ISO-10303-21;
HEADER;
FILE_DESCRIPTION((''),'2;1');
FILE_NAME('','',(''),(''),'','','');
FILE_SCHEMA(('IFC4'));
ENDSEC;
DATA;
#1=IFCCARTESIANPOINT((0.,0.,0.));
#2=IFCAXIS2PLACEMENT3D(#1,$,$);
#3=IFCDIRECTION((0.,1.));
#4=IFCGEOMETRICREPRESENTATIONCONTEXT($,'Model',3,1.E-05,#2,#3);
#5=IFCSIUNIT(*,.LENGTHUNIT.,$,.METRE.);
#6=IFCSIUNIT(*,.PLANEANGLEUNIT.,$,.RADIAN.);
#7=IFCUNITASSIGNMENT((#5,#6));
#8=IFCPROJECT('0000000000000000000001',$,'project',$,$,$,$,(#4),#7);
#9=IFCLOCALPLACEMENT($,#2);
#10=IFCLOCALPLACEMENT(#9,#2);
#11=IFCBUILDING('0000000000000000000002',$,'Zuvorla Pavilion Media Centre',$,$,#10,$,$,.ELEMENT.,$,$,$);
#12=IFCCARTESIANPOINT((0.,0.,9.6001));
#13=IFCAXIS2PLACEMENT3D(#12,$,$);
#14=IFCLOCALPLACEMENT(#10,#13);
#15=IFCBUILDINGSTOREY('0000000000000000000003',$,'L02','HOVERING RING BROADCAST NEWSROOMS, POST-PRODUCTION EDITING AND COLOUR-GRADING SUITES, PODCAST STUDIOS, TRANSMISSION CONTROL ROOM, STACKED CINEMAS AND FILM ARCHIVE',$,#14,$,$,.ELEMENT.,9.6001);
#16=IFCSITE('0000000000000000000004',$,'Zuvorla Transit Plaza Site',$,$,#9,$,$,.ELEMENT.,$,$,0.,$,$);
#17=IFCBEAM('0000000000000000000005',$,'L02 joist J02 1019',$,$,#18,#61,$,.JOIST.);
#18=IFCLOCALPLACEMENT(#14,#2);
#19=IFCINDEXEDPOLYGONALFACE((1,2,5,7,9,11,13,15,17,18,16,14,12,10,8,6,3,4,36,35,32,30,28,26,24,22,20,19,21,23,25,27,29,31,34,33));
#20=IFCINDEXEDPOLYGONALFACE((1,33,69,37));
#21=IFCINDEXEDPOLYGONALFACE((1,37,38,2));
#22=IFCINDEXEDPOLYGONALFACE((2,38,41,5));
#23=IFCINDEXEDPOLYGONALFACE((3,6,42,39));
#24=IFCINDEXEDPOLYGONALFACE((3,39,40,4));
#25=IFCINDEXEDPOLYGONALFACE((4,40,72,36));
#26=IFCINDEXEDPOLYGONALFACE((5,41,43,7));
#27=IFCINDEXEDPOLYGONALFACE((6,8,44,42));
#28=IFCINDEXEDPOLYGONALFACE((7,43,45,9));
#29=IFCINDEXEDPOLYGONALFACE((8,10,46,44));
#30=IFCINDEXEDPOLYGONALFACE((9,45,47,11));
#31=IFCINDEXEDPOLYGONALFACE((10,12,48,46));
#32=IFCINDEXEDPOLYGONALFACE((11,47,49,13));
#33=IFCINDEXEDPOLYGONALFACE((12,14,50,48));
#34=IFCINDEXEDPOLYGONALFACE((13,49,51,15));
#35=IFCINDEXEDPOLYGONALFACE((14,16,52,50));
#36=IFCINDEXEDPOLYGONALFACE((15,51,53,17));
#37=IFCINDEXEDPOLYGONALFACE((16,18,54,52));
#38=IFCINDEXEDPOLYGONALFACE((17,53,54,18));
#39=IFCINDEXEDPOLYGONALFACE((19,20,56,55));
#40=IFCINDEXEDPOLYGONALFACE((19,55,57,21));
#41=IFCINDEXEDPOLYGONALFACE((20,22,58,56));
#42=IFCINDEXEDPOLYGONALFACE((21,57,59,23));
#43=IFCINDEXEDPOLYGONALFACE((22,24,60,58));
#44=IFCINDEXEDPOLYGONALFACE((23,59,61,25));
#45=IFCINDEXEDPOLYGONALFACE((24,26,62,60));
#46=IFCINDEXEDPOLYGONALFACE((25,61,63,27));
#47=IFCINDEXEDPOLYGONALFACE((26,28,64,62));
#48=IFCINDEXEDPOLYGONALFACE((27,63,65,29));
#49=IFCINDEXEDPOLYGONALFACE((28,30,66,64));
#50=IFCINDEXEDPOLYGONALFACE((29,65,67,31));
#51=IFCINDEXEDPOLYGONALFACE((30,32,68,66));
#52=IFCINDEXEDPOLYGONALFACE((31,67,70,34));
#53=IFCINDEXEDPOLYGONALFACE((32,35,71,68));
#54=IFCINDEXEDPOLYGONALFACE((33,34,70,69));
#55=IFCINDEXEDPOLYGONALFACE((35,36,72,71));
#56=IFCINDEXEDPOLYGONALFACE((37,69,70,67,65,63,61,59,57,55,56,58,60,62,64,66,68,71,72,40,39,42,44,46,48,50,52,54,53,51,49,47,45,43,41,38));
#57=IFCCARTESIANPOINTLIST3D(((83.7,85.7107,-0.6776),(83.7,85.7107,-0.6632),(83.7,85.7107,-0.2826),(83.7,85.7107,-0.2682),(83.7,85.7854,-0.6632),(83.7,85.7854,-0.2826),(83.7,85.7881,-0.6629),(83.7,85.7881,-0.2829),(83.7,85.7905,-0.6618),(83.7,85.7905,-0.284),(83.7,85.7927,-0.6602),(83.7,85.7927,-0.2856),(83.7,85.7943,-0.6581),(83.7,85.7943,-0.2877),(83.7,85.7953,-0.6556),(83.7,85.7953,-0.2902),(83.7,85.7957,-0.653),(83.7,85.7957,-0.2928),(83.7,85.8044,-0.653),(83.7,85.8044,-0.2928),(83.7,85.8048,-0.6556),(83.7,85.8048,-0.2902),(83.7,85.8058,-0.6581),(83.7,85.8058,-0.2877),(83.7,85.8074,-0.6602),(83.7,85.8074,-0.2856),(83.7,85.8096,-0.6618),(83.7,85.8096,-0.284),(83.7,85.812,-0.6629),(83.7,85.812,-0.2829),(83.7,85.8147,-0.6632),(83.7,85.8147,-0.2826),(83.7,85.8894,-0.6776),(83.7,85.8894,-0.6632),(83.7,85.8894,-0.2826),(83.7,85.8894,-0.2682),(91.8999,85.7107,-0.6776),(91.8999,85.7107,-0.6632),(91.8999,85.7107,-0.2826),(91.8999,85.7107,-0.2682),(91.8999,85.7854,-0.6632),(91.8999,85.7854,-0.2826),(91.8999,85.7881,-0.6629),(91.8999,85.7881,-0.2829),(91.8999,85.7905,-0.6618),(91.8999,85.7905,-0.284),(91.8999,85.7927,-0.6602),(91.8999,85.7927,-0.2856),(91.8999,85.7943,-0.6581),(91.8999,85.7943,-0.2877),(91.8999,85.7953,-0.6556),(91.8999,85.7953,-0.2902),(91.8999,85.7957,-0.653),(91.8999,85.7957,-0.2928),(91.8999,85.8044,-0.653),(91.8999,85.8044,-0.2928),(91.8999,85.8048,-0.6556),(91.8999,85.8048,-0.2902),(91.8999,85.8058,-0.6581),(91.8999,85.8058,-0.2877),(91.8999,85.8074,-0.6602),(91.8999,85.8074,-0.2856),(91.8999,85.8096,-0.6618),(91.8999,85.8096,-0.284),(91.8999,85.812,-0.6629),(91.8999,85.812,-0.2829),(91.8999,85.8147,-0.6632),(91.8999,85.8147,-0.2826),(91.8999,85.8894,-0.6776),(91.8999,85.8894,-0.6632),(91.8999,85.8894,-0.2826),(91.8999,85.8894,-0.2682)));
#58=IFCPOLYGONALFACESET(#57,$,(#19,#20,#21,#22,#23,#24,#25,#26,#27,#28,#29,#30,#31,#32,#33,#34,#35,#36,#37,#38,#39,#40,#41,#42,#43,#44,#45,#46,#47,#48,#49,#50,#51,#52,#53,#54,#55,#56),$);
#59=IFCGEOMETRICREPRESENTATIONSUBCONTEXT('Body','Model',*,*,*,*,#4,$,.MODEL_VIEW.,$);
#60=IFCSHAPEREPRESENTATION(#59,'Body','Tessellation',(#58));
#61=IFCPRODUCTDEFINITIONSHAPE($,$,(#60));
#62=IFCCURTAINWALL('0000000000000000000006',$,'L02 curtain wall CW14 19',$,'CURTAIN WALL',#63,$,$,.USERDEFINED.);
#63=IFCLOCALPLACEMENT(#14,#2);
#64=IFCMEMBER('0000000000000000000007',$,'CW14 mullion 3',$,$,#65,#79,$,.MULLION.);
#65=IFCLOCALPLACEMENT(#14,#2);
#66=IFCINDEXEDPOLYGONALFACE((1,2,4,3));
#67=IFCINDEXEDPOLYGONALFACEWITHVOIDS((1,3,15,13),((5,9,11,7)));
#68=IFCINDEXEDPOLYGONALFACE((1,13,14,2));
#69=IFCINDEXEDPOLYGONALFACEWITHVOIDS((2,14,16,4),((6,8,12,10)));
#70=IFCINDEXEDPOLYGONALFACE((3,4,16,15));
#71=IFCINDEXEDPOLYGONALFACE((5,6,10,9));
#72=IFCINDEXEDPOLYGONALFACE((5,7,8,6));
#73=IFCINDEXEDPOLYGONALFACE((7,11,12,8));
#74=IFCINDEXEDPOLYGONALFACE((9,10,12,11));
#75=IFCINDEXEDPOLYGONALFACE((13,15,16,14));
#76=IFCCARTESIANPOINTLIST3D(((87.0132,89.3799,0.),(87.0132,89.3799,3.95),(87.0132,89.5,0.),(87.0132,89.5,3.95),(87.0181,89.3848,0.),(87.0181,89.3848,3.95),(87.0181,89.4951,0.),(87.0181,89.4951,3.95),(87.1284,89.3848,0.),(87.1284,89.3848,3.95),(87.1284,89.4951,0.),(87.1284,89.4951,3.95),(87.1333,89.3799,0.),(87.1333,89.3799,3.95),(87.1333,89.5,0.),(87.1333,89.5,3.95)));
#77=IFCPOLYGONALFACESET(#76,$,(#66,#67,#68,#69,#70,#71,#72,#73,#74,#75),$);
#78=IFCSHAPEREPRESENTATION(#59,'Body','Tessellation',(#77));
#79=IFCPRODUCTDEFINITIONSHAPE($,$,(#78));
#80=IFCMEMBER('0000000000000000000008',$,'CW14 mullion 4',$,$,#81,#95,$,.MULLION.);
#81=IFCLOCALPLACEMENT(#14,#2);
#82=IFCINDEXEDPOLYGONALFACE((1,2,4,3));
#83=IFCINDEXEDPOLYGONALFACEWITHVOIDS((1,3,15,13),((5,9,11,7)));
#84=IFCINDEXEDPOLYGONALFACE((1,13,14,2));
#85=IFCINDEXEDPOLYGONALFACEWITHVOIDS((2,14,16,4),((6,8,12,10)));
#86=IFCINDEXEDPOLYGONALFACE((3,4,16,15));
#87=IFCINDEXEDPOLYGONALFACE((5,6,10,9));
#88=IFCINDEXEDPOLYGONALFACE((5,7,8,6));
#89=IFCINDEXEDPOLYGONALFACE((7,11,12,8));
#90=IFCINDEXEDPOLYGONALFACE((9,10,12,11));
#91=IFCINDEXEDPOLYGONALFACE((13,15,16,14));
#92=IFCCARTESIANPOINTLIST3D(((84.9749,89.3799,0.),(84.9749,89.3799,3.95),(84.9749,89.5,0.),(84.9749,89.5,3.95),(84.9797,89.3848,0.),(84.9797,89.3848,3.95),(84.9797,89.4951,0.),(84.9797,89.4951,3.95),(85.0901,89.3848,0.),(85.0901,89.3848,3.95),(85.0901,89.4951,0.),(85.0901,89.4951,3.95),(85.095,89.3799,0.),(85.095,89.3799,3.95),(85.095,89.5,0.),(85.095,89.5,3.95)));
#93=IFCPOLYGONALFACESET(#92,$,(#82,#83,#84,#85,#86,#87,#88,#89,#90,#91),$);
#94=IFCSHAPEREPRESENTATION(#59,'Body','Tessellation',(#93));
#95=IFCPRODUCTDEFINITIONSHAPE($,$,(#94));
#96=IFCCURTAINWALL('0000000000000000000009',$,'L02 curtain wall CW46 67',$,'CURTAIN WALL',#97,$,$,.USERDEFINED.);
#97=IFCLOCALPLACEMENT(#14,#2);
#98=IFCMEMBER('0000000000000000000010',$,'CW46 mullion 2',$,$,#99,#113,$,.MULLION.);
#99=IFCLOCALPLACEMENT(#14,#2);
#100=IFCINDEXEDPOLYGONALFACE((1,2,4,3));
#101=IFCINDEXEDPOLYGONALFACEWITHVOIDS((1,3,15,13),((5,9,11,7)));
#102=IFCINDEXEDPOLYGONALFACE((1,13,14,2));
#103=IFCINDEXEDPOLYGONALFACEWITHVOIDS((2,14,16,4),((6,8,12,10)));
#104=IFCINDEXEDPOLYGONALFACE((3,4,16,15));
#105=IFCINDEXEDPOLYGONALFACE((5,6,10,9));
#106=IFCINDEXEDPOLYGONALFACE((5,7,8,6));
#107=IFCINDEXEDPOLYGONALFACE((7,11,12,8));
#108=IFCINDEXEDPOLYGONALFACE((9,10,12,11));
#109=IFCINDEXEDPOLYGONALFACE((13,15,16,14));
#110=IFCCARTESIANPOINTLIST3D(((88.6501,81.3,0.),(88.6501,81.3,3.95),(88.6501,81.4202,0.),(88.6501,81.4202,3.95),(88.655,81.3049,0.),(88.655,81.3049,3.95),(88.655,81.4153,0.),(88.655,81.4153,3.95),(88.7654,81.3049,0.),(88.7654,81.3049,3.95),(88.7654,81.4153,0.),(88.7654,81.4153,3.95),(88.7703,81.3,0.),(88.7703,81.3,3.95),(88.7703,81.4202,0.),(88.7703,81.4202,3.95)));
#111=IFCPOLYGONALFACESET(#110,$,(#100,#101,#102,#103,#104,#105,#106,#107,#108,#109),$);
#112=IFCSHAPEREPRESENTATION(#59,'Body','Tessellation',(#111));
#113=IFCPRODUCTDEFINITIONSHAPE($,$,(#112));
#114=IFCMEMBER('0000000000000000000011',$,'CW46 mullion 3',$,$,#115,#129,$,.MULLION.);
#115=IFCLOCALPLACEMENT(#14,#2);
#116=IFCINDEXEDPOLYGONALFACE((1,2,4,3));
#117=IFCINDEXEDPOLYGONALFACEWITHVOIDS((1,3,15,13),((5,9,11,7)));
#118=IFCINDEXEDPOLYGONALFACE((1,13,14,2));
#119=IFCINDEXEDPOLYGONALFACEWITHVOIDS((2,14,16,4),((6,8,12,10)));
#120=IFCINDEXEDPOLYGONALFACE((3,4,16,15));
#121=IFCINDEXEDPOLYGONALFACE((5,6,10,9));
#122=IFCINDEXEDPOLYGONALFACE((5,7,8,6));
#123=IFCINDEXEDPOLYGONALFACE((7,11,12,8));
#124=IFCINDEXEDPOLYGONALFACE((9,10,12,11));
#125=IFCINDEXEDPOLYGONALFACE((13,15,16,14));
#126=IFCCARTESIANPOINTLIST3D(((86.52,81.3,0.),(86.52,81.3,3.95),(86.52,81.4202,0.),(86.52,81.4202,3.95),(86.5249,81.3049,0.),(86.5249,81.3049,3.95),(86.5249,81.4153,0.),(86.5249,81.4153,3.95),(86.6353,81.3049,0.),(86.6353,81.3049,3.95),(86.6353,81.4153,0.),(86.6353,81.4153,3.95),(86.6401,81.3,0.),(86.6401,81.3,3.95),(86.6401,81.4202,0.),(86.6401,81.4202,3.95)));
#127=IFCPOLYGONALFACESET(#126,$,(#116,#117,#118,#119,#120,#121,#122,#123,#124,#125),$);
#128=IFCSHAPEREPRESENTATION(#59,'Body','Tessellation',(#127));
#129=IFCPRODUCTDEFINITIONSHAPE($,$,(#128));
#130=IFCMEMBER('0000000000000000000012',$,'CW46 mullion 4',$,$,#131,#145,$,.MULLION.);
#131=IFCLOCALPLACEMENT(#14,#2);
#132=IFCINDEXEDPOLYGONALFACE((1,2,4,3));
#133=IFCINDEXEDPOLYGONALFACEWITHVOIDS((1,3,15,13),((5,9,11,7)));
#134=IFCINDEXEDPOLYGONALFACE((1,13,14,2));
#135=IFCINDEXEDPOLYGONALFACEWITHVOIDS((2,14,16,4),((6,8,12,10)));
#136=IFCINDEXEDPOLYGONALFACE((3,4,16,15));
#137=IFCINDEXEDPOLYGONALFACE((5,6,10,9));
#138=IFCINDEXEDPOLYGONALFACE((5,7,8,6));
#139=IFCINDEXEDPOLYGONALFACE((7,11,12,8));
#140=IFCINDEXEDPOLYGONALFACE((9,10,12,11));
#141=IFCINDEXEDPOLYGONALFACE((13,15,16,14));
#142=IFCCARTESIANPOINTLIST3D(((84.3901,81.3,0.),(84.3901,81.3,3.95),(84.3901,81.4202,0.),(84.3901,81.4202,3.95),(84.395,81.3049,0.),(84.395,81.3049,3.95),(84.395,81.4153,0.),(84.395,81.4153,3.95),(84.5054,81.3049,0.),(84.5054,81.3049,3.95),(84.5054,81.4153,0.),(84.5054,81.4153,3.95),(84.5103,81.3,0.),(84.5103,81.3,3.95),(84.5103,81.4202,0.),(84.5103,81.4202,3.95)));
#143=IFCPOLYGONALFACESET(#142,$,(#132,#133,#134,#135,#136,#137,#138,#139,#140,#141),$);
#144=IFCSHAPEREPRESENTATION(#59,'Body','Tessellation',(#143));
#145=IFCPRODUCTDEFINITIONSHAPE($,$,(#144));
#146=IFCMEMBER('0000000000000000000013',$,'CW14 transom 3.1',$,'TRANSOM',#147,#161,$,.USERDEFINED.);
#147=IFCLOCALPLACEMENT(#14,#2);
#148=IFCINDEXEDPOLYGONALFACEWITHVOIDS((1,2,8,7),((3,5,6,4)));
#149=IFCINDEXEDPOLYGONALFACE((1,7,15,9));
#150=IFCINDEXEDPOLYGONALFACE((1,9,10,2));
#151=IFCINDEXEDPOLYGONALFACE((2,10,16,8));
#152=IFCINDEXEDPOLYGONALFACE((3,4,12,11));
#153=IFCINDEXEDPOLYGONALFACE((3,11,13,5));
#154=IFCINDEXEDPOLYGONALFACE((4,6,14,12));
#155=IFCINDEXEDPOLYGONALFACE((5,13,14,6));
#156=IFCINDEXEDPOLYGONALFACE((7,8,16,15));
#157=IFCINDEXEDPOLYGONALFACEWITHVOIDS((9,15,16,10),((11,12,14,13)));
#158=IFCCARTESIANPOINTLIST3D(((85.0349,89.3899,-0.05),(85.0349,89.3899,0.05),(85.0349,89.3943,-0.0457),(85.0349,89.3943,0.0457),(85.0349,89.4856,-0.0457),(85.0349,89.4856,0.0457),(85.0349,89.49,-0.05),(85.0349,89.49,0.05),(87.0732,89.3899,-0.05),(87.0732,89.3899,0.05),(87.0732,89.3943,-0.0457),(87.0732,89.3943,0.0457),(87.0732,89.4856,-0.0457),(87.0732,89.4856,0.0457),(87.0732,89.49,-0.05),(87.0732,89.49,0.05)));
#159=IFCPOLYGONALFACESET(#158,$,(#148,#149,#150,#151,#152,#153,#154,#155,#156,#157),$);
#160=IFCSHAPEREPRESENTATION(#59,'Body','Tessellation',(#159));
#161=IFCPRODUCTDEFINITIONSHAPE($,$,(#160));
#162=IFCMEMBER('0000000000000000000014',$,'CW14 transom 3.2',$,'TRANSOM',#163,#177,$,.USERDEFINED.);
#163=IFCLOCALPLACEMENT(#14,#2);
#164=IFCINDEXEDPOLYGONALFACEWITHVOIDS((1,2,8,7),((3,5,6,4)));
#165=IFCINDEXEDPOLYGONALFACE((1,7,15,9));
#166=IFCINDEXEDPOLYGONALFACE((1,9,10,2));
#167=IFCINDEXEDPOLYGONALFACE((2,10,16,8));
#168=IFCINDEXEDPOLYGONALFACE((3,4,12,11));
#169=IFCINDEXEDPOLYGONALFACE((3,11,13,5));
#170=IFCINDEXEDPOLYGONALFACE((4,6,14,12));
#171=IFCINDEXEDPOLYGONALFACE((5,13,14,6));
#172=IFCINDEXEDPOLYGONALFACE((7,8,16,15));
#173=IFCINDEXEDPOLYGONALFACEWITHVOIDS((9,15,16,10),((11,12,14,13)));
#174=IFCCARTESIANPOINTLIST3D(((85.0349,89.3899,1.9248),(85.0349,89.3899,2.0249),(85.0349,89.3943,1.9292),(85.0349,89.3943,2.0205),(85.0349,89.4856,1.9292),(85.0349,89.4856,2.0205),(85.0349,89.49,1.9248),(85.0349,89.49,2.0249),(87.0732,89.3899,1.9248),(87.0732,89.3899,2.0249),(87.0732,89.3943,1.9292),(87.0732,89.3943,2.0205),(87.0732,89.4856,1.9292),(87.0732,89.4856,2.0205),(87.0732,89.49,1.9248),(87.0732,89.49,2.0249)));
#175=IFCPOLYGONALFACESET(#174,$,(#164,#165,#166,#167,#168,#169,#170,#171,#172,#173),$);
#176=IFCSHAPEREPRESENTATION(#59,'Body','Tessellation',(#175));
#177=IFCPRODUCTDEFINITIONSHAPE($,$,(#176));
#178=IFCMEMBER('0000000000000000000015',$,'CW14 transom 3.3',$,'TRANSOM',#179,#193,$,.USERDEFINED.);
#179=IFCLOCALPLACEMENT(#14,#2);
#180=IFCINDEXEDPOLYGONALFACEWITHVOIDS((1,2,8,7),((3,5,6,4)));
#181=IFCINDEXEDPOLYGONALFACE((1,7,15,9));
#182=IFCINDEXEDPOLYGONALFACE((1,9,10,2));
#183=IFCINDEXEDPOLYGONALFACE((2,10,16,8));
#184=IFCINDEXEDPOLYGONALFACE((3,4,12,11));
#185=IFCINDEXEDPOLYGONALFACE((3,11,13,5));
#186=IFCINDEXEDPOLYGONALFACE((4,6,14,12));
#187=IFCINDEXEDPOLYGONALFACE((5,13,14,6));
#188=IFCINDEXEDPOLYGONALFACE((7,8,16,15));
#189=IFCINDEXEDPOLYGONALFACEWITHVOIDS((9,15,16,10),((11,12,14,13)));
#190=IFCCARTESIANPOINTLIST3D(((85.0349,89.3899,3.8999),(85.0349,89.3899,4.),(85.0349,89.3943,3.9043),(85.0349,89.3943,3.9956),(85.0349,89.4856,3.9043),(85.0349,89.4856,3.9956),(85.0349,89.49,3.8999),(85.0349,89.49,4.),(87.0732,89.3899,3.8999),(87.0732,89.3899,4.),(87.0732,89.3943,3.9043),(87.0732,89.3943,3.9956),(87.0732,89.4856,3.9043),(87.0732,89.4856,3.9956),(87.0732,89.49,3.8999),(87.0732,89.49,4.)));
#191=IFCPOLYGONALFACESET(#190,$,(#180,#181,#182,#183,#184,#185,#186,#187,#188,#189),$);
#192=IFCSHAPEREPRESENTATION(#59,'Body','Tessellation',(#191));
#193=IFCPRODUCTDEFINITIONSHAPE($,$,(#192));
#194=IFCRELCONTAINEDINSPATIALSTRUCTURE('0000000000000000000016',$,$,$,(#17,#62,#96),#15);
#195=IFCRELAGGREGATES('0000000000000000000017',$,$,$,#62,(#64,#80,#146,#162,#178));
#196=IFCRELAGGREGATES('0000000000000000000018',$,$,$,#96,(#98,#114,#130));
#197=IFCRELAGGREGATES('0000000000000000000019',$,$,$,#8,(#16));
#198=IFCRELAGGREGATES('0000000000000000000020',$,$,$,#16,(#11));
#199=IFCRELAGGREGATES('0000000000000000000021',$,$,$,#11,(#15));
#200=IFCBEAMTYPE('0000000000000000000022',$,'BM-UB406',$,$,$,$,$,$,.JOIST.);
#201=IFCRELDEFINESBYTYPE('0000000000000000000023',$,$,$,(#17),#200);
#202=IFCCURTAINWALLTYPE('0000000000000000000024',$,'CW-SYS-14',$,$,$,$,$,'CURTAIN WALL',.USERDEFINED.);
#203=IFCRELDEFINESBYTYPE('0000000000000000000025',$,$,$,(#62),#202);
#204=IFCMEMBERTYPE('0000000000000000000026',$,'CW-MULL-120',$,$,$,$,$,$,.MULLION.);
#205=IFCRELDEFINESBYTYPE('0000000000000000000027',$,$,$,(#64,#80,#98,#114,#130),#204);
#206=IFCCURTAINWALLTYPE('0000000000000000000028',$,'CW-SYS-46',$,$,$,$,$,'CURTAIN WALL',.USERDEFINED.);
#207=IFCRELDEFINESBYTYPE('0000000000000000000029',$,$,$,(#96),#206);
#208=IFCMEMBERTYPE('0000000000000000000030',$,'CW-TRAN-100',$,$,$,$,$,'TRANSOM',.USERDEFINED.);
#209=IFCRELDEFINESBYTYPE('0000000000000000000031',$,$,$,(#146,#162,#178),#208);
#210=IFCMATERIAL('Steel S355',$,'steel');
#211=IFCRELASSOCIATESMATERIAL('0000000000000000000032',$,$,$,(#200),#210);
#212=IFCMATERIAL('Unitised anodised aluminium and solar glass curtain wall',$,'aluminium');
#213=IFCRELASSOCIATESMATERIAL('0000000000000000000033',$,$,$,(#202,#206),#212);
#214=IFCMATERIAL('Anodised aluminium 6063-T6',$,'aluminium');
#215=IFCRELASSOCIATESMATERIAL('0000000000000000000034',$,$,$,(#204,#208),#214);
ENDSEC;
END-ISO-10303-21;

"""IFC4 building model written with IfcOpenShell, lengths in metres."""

from ifc_helpers import new_model, si_unit, direction, frame, origin, origin_2d, place, context, subcontext, project, spatial, hollow_rectangle, i_section, extrude, material, material_profile, profile_set, type_object, element, aggregate, save


model = new_model("IFC4")

# Units and contexts
model_context = context("Model", 3, precision=1e-05, world=origin(), true_north=direction((0.0, 1.0)))
body_context = subcontext(model_context, "Body", "Model", "MODEL_VIEW")
ifc_project = project(units=[si_unit("LENGTHUNIT", "METRE"), si_unit("PLANEANGLEUNIT", "RADIAN")], contexts=[model_context])

# Site, building, storey
site_placement = place(None, origin())
site = spatial("IfcSite", under=ifc_project, at=site_placement, Name="Zuvorla Transit Plaza Site", CompositionType="ELEMENT", RefElevation=0.0)
building_placement = place(site_placement, origin())
building = spatial("IfcBuilding", under=site, at=building_placement, Name="Zuvorla Pavilion Media Centre", CompositionType="ELEMENT")
storey_placement = place(building_placement, frame((0.0, 0.0, 9.6001)))
storey = spatial("IfcBuildingStorey", under=building, at=storey_placement, Name="L02", Description="HOVERING RING BROADCAST NEWSROOMS, POST-PRODUCTION EDITING AND COLOUR-GRADING SUITES, PODCAST STUDIOS, TRANSMISSION CONTROL ROOM, STACKED CINEMAS AND FILM ARCHIVE", CompositionType="ELEMENT", Elevation=9.6001)

# Beam
ifc_material_1 = material(Name="Steel S355", Category="steel")
ifc_material_profile_1 = material_profile(ifc_material_1, i_section(OverallWidth=0.1787, OverallDepth=0.4094, WebThickness=0.0088, FlangeThickness=0.0144, FilletRadius=0.0103, at=origin_2d()), Name="UB 406x178x67")
ifc_profile_set_1 = profile_set([ifc_material_profile_1], Name="Steel S355")
beam_type = type_object("IfcBeamType", Name="BM-UB406", PredefinedType="JOIST", material=ifc_profile_set_1)
beam_placement = place(storey_placement, frame((83.7, 85.8, -0.4729), z_axis=(1.0, 0.0, 0.0), x_axis=(0.0, 1.0, 0.0)))
element("IfcBeam", 1, at=beam_placement, inside=storey, type_object=beam_type, Name="L02 joist J02 1019", PredefinedType="JOIST", context=body_context, shape_type="SweptSolid", body=[
    extrude(i_section(OverallWidth=0.1787, OverallDepth=0.4094, WebThickness=0.0088, FlangeThickness=0.0144, FilletRadius=0.0103, at=origin_2d()), origin(), (0.0, 0.0, 1.0), 8.2),
])

# Curtain walls, members
ifc_material_2 = material(Name="Unitised anodised aluminium and solar glass curtain wall", Category="aluminium")
curtain_wall_type_1 = type_object("IfcCurtainWallType", Name="CW-SYS-14", ElementType="CURTAIN WALL", PredefinedType="USERDEFINED", material=ifc_material_2)
curtain_wall_1_placement = place(storey_placement, origin())
curtain_wall_1 = element("IfcCurtainWall", 2, at=curtain_wall_1_placement, inside=storey, type_object=curtain_wall_type_1, Name="L02 curtain wall CW14 19", ObjectType="CURTAIN WALL", PredefinedType="USERDEFINED")
ifc_material_3 = material(Name="Anodised aluminium 6063-T6", Category="aluminium")
ifc_material_profile_2 = material_profile(ifc_material_3, hollow_rectangle(XDim=0.1201, YDim=0.1201, WallThickness=0.0049, at=origin_2d()), Name="ALU MULL 120x120")
ifc_profile_set_2 = profile_set([ifc_material_profile_2], Name="Anodised aluminium 6063-T6")
member_type_1 = type_object("IfcMemberType", Name="CW-MULL-120", PredefinedType="MULLION", material=ifc_profile_set_2)
member_1_placement = place(storey_placement, frame((87.0732, 89.4399, 0.0), z_axis=(0.0, 0.0, 1.0), x_axis=(1.0, 0.0, 0.0)))
member_1 = element("IfcMember", 3, at=member_1_placement, type_object=member_type_1, Name="CW14 mullion 3", PredefinedType="MULLION", context=body_context, shape_type="SweptSolid", body=[
    extrude(hollow_rectangle(XDim=0.1201, YDim=0.1201, WallThickness=0.0049, at=origin_2d()), origin(), (0.0, 0.0, 1.0), 3.95),
])
member_2_placement = place(storey_placement, frame((85.0349, 89.4399, 0.0), z_axis=(0.0, 0.0, 1.0), x_axis=(1.0, 0.0, 0.0)))
member_2 = element("IfcMember", 4, at=member_2_placement, type_object=member_type_1, Name="CW14 mullion 4", PredefinedType="MULLION", context=body_context, shape_type="SweptSolid", body=[
    extrude(hollow_rectangle(XDim=0.1201, YDim=0.1201, WallThickness=0.0049, at=origin_2d()), origin(), (0.0, 0.0, 1.0), 3.95),
])
curtain_wall_type_2 = type_object("IfcCurtainWallType", Name="CW-SYS-46", ElementType="CURTAIN WALL", PredefinedType="USERDEFINED", material=ifc_material_2)
curtain_wall_2_placement = place(storey_placement, origin())
curtain_wall_2 = element("IfcCurtainWall", 5, at=curtain_wall_2_placement, inside=storey, type_object=curtain_wall_type_2, Name="L02 curtain wall CW46 67", ObjectType="CURTAIN WALL", PredefinedType="USERDEFINED")
member_3_placement = place(storey_placement, frame((88.7102, 81.3601, 0.0), z_axis=(0.0, 0.0, 1.0), x_axis=(1.0, 0.0, 0.0)))
member_3 = element("IfcMember", 6, at=member_3_placement, type_object=member_type_1, Name="CW46 mullion 2", PredefinedType="MULLION", context=body_context, shape_type="SweptSolid", body=[
    extrude(hollow_rectangle(XDim=0.1201, YDim=0.1201, WallThickness=0.0049, at=origin_2d()), origin(), (0.0, 0.0, 1.0), 3.95),
])
member_4_placement = place(storey_placement, frame((86.5801, 81.3601, 0.0), z_axis=(0.0, 0.0, 1.0), x_axis=(1.0, 0.0, 0.0)))
member_4 = element("IfcMember", 7, at=member_4_placement, type_object=member_type_1, Name="CW46 mullion 3", PredefinedType="MULLION", context=body_context, shape_type="SweptSolid", body=[
    extrude(hollow_rectangle(XDim=0.1201, YDim=0.1201, WallThickness=0.0049, at=origin_2d()), origin(), (0.0, 0.0, 1.0), 3.95),
])
member_5_placement = place(storey_placement, frame((84.4502, 81.3601, 0.0), z_axis=(0.0, 0.0, 1.0), x_axis=(1.0, 0.0, 0.0)))
member_5 = element("IfcMember", 8, at=member_5_placement, type_object=member_type_1, Name="CW46 mullion 4", PredefinedType="MULLION", context=body_context, shape_type="SweptSolid", body=[
    extrude(hollow_rectangle(XDim=0.1201, YDim=0.1201, WallThickness=0.0049, at=origin_2d()), origin(), (0.0, 0.0, 1.0), 3.95),
])

# Members
ifc_material_profile_3 = material_profile(ifc_material_3, hollow_rectangle(XDim=0.1001, YDim=0.1001, WallThickness=0.0044, at=origin_2d()), Name="ALU TRAN 100x100")
ifc_profile_set_3 = profile_set([ifc_material_profile_3], Name="Anodised aluminium 6063-T6")
member_type_2 = type_object("IfcMemberType", Name="CW-TRAN-100", ElementType="TRANSOM", PredefinedType="USERDEFINED", material=ifc_profile_set_3)
member_6_placement = place(storey_placement, frame((87.0732, 89.4399, 0.0), z_axis=(-1.0, 0.0, 0.0), x_axis=(0.0, -1.0, 0.0)))
member_6 = element("IfcMember", 9, at=member_6_placement, type_object=member_type_2, Name="CW14 transom 3.1", ObjectType="TRANSOM", PredefinedType="USERDEFINED", context=body_context, shape_type="SweptSolid", body=[
    extrude(hollow_rectangle(XDim=0.1001, YDim=0.1001, WallThickness=0.0044, at=origin_2d()), origin(), (0.0, 0.0, 1.0), 2.0383),
])
member_7_placement = place(storey_placement, frame((87.0732, 89.4399, 1.9749), z_axis=(-1.0, 0.0, 0.0), x_axis=(0.0, -1.0, 0.0)))
member_7 = element("IfcMember", 10, at=member_7_placement, type_object=member_type_2, Name="CW14 transom 3.2", ObjectType="TRANSOM", PredefinedType="USERDEFINED", context=body_context, shape_type="SweptSolid", body=[
    extrude(hollow_rectangle(XDim=0.1001, YDim=0.1001, WallThickness=0.0044, at=origin_2d()), origin(), (0.0, 0.0, 1.0), 2.0383),
])
member_8_placement = place(storey_placement, frame((87.0732, 89.4399, 3.95), z_axis=(-1.0, 0.0, 0.0), x_axis=(0.0, -1.0, 0.0)))
member_8 = element("IfcMember", 11, at=member_8_placement, type_object=member_type_2, Name="CW14 transom 3.3", ObjectType="TRANSOM", PredefinedType="USERDEFINED", context=body_context, shape_type="SweptSolid", body=[
    extrude(hollow_rectangle(XDim=0.1001, YDim=0.1001, WallThickness=0.0044, at=origin_2d()), origin(), (0.0, 0.0, 1.0), 2.0383),
])

aggregate(curtain_wall_1, [member_1, member_2, member_6, member_7, member_8])
aggregate(curtain_wall_2, [member_3, member_4, member_5])

save(model, "model.ifc")
